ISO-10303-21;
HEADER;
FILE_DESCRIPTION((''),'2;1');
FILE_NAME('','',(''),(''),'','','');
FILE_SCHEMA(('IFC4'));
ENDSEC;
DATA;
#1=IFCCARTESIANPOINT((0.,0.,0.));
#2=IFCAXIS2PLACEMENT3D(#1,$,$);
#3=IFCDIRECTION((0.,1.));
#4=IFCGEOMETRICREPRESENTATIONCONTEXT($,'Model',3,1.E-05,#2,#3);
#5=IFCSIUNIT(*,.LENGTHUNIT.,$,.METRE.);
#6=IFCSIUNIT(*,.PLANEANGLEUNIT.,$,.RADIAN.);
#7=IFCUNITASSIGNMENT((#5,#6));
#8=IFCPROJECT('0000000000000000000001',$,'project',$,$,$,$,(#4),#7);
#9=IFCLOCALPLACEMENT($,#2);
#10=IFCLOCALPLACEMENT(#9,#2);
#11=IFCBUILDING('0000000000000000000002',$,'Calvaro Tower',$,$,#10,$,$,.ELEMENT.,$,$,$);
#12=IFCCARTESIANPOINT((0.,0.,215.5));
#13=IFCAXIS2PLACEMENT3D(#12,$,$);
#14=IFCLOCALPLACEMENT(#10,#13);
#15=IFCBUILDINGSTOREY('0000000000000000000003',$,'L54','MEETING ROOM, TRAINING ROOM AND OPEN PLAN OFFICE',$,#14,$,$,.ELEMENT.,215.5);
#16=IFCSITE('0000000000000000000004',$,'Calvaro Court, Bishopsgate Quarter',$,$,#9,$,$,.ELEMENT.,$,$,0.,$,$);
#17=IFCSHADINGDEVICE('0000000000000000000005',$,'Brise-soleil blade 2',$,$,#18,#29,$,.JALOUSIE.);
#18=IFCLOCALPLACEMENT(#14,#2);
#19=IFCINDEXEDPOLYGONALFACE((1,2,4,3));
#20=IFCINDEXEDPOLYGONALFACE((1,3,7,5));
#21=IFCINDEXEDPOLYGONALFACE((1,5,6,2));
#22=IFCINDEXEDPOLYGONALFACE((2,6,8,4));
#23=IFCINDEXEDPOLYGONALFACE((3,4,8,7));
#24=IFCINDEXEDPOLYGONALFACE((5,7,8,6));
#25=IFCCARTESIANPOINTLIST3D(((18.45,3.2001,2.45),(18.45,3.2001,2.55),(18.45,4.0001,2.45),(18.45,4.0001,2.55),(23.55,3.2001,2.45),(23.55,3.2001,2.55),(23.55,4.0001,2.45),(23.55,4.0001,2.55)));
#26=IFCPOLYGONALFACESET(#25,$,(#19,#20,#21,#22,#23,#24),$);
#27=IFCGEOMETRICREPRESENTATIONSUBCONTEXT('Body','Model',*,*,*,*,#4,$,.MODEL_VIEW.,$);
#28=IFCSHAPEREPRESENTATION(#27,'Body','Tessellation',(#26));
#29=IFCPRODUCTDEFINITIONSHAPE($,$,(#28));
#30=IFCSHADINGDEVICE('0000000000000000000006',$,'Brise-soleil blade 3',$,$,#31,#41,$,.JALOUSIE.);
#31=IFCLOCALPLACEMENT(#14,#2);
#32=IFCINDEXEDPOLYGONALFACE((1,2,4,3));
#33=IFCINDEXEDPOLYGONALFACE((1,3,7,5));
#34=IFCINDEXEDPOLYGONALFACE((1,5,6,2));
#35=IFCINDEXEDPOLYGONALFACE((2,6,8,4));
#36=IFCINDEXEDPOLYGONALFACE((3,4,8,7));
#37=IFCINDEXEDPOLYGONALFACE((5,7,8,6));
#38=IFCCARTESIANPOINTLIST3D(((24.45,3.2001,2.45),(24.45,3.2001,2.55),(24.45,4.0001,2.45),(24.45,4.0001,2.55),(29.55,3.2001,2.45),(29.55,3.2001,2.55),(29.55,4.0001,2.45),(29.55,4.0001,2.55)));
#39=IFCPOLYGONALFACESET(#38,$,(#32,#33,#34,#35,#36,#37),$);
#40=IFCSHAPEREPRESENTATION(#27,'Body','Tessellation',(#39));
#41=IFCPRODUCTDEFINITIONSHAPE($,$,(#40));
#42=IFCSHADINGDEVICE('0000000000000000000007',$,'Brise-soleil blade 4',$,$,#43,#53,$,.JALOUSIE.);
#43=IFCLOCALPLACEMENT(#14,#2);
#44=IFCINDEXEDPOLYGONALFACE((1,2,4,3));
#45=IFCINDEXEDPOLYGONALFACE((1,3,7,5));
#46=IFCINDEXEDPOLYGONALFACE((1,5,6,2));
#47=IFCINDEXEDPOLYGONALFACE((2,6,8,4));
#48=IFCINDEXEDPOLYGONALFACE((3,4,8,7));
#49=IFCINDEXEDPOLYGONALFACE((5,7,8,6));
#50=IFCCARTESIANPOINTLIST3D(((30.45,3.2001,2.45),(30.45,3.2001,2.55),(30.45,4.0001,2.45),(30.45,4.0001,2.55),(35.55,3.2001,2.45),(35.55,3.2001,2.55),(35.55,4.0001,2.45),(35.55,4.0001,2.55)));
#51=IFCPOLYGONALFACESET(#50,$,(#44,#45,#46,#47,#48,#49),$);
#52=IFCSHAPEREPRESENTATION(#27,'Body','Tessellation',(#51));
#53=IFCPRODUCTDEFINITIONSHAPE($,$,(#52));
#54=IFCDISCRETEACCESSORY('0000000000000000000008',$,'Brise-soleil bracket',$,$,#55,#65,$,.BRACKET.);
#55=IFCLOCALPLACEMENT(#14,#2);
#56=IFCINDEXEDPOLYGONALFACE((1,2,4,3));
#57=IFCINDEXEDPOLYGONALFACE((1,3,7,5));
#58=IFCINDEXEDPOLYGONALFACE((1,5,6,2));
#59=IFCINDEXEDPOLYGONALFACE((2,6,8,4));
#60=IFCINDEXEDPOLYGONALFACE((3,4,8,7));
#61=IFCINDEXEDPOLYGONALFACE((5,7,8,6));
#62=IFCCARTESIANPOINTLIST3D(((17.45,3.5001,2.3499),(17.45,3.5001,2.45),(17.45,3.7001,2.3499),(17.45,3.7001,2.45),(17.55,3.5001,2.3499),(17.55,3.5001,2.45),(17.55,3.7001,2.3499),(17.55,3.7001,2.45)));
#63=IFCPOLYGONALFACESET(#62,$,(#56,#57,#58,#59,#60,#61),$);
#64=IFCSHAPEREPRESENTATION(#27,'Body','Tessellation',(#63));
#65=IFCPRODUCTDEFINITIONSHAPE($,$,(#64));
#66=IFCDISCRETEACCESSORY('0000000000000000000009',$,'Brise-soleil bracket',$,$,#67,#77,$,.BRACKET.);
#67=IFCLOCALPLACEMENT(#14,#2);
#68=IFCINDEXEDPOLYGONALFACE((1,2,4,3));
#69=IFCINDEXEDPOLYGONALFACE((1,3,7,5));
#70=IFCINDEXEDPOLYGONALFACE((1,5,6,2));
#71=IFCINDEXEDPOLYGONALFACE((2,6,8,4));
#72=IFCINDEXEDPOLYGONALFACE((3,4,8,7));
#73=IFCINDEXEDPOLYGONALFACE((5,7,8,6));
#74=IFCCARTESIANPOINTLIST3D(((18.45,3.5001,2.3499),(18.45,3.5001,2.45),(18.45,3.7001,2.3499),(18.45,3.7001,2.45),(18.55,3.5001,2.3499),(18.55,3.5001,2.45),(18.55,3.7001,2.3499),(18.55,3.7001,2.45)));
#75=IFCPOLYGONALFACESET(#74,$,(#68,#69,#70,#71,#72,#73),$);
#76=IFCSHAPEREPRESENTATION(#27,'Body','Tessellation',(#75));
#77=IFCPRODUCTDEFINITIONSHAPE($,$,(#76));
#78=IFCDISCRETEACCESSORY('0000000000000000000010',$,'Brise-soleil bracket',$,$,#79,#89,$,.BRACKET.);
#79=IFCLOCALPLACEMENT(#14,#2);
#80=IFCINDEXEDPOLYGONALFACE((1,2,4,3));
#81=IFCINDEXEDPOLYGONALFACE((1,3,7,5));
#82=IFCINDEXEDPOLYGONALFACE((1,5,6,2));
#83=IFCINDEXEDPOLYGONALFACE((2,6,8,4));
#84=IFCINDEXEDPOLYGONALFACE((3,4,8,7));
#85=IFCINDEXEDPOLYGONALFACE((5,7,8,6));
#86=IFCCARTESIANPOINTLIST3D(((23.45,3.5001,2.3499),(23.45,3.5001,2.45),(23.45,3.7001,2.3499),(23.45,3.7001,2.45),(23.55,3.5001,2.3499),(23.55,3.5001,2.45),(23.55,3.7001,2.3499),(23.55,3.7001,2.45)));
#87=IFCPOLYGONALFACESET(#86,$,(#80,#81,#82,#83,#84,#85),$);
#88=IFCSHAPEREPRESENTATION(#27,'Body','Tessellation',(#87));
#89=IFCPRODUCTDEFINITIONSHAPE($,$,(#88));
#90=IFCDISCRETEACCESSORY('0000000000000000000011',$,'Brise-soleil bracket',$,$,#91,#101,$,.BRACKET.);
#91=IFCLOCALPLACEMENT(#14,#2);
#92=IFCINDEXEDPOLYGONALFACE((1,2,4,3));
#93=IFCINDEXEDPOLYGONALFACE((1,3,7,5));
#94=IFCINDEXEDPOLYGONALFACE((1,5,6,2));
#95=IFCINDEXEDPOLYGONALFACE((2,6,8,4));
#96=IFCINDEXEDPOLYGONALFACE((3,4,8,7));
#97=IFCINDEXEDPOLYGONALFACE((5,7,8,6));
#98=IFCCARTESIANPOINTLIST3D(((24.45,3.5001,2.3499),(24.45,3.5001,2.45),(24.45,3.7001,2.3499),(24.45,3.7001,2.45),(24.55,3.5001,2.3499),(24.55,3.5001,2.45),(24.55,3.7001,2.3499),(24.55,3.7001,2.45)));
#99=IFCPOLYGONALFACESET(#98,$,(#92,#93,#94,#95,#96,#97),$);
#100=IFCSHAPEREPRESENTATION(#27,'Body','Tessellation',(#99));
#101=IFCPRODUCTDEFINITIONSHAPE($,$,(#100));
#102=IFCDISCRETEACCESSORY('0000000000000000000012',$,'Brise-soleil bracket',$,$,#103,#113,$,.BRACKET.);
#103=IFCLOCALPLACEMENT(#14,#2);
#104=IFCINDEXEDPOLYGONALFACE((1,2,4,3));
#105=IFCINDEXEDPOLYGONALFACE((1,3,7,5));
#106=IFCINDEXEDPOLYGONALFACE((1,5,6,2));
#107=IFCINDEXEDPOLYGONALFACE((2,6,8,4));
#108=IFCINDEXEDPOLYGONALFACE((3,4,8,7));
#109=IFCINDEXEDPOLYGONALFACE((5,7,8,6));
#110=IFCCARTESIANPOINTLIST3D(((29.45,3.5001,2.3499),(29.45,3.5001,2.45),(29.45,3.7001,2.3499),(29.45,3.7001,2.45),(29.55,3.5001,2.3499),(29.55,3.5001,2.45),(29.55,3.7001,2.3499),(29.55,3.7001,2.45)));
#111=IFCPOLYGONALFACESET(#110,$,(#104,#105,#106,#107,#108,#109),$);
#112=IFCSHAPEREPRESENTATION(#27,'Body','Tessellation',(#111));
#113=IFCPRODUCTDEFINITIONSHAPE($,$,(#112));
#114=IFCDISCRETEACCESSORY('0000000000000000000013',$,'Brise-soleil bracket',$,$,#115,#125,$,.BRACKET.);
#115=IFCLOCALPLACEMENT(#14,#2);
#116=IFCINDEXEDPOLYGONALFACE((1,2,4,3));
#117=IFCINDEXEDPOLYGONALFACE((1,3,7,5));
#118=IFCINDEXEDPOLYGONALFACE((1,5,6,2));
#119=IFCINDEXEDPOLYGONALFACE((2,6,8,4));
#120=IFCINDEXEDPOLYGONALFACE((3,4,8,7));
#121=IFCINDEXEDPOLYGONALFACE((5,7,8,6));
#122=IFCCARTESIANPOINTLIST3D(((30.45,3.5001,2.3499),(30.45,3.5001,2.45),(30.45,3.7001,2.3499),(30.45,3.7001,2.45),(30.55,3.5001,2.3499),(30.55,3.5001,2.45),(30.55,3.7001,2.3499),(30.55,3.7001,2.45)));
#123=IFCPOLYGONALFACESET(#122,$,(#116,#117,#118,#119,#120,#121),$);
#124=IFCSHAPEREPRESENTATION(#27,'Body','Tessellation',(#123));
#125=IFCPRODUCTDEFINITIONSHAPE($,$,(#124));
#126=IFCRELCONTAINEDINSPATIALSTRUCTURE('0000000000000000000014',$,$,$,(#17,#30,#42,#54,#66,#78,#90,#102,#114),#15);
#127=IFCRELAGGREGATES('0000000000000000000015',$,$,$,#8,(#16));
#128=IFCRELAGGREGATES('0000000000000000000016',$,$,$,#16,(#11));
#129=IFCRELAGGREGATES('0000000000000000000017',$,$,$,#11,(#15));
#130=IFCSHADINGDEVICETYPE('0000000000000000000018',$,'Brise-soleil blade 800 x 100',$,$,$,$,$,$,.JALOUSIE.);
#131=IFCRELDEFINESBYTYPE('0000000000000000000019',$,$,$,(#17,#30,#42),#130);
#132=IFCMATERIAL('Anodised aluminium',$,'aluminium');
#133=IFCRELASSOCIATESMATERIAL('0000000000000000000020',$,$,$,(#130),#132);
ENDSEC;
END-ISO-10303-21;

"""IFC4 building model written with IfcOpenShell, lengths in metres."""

from ifc_helpers import new_model, si_unit, direction, frame, origin, origin_2d, place, context, subcontext, project, spatial, rectangle, extrude, material, material_profile, profile_set, type_object, element, save


model = new_model("IFC4")

# Units and contexts
model_context = context("Model", 3, precision=1e-05, world=origin(), true_north=direction((0.0, 1.0)))
body_context = subcontext(model_context, "Body", "Model", "MODEL_VIEW")
ifc_project = project(units=[si_unit("LENGTHUNIT", "METRE"), si_unit("PLANEANGLEUNIT", "RADIAN")], contexts=[model_context])

# Site, building, storey
site_placement = place(None, origin())
site = spatial("IfcSite", under=ifc_project, at=site_placement, Name="Calvaro Court, Bishopsgate Quarter", CompositionType="ELEMENT", RefElevation=0.0)
building_placement = place(site_placement, origin())
building = spatial("IfcBuilding", under=site, at=building_placement, Name="Calvaro Tower", CompositionType="ELEMENT")
storey_placement = place(building_placement, frame((0.0, 0.0, 215.5)))
storey = spatial("IfcBuildingStorey", under=building, at=storey_placement, Name="L54", Description="MEETING ROOM, TRAINING ROOM AND OPEN PLAN OFFICE", CompositionType="ELEMENT", Elevation=215.5)

# Shading devices
ifc_material_1 = material(Name="Anodised aluminium", Category="aluminium")
ifc_material_profile_1 = material_profile(ifc_material_1, rectangle(XDim=0.8, YDim=0.1001, at=origin_2d()), Name="Brise-soleil blade 800 x 100")
ifc_profile_set_1 = profile_set([ifc_material_profile_1], Name="Anodised aluminium")
shading_device_type = type_object("IfcShadingDeviceType", Name="Brise-soleil blade 800 x 100", PredefinedType="JALOUSIE", material=ifc_profile_set_1)
for number, where, z_axis, x_axis, name in (
    (1, (18.45, 3.6001, 2.5), (1.0, 0.0, 0.0), (0.0, 1.0, 0.0), "Brise-soleil blade 2"),
    (2, (24.45, 3.6001, 2.5), (1.0, 0.0, 0.0), (0.0, 1.0, 0.0), "Brise-soleil blade 3"),
    (3, (30.45, 3.6001, 2.5), (1.0, 0.0, 0.0), (0.0, 1.0, 0.0), "Brise-soleil blade 4"),
):
    element("IfcShadingDevice", number, at=place(storey_placement, frame(where, z_axis=z_axis, x_axis=x_axis)), inside=storey, type_object=shading_device_type, Name=name, PredefinedType="JALOUSIE", context=body_context, shape_type="SweptSolid", body=[
        extrude(rectangle(XDim=0.8, YDim=0.1001, at=origin_2d()), origin(), (0.0, 0.0, 1.0), 5.1001),
    ])

# Discrete accessories
for number, where, z_axis, x_axis, name in (
    (4, (17.5, 3.6001, 2.3499), (0.0, 0.0, 1.0), (1.0, 0.0, 0.0), "Brise-soleil bracket"),
    (5, (18.5, 3.6001, 2.3499), (0.0, 0.0, 1.0), (1.0, 0.0, 0.0), "Brise-soleil bracket"),
    (6, (23.5, 3.6001, 2.3499), (0.0, 0.0, 1.0), (1.0, 0.0, 0.0), "Brise-soleil bracket"),
    (7, (24.5, 3.6001, 2.3499), (0.0, 0.0, 1.0), (1.0, 0.0, 0.0), "Brise-soleil bracket"),
    (8, (29.5, 3.6001, 2.3499), (0.0, 0.0, 1.0), (1.0, 0.0, 0.0), "Brise-soleil bracket"),
    (9, (30.5, 3.6001, 2.3499), (0.0, 0.0, 1.0), (1.0, 0.0, 0.0), "Brise-soleil bracket"),
):
    element("IfcDiscreteAccessory", number, at=place(storey_placement, frame(where, z_axis=z_axis, x_axis=x_axis)), inside=storey, Name=name, PredefinedType="BRACKET", context=body_context, shape_type="SweptSolid", body=[
        extrude(rectangle(XDim=0.1001, YDim=0.2, at=origin_2d()), origin(), (0.0, 0.0, 1.0), 0.1001),
    ])

save(model, "model.ifc")
